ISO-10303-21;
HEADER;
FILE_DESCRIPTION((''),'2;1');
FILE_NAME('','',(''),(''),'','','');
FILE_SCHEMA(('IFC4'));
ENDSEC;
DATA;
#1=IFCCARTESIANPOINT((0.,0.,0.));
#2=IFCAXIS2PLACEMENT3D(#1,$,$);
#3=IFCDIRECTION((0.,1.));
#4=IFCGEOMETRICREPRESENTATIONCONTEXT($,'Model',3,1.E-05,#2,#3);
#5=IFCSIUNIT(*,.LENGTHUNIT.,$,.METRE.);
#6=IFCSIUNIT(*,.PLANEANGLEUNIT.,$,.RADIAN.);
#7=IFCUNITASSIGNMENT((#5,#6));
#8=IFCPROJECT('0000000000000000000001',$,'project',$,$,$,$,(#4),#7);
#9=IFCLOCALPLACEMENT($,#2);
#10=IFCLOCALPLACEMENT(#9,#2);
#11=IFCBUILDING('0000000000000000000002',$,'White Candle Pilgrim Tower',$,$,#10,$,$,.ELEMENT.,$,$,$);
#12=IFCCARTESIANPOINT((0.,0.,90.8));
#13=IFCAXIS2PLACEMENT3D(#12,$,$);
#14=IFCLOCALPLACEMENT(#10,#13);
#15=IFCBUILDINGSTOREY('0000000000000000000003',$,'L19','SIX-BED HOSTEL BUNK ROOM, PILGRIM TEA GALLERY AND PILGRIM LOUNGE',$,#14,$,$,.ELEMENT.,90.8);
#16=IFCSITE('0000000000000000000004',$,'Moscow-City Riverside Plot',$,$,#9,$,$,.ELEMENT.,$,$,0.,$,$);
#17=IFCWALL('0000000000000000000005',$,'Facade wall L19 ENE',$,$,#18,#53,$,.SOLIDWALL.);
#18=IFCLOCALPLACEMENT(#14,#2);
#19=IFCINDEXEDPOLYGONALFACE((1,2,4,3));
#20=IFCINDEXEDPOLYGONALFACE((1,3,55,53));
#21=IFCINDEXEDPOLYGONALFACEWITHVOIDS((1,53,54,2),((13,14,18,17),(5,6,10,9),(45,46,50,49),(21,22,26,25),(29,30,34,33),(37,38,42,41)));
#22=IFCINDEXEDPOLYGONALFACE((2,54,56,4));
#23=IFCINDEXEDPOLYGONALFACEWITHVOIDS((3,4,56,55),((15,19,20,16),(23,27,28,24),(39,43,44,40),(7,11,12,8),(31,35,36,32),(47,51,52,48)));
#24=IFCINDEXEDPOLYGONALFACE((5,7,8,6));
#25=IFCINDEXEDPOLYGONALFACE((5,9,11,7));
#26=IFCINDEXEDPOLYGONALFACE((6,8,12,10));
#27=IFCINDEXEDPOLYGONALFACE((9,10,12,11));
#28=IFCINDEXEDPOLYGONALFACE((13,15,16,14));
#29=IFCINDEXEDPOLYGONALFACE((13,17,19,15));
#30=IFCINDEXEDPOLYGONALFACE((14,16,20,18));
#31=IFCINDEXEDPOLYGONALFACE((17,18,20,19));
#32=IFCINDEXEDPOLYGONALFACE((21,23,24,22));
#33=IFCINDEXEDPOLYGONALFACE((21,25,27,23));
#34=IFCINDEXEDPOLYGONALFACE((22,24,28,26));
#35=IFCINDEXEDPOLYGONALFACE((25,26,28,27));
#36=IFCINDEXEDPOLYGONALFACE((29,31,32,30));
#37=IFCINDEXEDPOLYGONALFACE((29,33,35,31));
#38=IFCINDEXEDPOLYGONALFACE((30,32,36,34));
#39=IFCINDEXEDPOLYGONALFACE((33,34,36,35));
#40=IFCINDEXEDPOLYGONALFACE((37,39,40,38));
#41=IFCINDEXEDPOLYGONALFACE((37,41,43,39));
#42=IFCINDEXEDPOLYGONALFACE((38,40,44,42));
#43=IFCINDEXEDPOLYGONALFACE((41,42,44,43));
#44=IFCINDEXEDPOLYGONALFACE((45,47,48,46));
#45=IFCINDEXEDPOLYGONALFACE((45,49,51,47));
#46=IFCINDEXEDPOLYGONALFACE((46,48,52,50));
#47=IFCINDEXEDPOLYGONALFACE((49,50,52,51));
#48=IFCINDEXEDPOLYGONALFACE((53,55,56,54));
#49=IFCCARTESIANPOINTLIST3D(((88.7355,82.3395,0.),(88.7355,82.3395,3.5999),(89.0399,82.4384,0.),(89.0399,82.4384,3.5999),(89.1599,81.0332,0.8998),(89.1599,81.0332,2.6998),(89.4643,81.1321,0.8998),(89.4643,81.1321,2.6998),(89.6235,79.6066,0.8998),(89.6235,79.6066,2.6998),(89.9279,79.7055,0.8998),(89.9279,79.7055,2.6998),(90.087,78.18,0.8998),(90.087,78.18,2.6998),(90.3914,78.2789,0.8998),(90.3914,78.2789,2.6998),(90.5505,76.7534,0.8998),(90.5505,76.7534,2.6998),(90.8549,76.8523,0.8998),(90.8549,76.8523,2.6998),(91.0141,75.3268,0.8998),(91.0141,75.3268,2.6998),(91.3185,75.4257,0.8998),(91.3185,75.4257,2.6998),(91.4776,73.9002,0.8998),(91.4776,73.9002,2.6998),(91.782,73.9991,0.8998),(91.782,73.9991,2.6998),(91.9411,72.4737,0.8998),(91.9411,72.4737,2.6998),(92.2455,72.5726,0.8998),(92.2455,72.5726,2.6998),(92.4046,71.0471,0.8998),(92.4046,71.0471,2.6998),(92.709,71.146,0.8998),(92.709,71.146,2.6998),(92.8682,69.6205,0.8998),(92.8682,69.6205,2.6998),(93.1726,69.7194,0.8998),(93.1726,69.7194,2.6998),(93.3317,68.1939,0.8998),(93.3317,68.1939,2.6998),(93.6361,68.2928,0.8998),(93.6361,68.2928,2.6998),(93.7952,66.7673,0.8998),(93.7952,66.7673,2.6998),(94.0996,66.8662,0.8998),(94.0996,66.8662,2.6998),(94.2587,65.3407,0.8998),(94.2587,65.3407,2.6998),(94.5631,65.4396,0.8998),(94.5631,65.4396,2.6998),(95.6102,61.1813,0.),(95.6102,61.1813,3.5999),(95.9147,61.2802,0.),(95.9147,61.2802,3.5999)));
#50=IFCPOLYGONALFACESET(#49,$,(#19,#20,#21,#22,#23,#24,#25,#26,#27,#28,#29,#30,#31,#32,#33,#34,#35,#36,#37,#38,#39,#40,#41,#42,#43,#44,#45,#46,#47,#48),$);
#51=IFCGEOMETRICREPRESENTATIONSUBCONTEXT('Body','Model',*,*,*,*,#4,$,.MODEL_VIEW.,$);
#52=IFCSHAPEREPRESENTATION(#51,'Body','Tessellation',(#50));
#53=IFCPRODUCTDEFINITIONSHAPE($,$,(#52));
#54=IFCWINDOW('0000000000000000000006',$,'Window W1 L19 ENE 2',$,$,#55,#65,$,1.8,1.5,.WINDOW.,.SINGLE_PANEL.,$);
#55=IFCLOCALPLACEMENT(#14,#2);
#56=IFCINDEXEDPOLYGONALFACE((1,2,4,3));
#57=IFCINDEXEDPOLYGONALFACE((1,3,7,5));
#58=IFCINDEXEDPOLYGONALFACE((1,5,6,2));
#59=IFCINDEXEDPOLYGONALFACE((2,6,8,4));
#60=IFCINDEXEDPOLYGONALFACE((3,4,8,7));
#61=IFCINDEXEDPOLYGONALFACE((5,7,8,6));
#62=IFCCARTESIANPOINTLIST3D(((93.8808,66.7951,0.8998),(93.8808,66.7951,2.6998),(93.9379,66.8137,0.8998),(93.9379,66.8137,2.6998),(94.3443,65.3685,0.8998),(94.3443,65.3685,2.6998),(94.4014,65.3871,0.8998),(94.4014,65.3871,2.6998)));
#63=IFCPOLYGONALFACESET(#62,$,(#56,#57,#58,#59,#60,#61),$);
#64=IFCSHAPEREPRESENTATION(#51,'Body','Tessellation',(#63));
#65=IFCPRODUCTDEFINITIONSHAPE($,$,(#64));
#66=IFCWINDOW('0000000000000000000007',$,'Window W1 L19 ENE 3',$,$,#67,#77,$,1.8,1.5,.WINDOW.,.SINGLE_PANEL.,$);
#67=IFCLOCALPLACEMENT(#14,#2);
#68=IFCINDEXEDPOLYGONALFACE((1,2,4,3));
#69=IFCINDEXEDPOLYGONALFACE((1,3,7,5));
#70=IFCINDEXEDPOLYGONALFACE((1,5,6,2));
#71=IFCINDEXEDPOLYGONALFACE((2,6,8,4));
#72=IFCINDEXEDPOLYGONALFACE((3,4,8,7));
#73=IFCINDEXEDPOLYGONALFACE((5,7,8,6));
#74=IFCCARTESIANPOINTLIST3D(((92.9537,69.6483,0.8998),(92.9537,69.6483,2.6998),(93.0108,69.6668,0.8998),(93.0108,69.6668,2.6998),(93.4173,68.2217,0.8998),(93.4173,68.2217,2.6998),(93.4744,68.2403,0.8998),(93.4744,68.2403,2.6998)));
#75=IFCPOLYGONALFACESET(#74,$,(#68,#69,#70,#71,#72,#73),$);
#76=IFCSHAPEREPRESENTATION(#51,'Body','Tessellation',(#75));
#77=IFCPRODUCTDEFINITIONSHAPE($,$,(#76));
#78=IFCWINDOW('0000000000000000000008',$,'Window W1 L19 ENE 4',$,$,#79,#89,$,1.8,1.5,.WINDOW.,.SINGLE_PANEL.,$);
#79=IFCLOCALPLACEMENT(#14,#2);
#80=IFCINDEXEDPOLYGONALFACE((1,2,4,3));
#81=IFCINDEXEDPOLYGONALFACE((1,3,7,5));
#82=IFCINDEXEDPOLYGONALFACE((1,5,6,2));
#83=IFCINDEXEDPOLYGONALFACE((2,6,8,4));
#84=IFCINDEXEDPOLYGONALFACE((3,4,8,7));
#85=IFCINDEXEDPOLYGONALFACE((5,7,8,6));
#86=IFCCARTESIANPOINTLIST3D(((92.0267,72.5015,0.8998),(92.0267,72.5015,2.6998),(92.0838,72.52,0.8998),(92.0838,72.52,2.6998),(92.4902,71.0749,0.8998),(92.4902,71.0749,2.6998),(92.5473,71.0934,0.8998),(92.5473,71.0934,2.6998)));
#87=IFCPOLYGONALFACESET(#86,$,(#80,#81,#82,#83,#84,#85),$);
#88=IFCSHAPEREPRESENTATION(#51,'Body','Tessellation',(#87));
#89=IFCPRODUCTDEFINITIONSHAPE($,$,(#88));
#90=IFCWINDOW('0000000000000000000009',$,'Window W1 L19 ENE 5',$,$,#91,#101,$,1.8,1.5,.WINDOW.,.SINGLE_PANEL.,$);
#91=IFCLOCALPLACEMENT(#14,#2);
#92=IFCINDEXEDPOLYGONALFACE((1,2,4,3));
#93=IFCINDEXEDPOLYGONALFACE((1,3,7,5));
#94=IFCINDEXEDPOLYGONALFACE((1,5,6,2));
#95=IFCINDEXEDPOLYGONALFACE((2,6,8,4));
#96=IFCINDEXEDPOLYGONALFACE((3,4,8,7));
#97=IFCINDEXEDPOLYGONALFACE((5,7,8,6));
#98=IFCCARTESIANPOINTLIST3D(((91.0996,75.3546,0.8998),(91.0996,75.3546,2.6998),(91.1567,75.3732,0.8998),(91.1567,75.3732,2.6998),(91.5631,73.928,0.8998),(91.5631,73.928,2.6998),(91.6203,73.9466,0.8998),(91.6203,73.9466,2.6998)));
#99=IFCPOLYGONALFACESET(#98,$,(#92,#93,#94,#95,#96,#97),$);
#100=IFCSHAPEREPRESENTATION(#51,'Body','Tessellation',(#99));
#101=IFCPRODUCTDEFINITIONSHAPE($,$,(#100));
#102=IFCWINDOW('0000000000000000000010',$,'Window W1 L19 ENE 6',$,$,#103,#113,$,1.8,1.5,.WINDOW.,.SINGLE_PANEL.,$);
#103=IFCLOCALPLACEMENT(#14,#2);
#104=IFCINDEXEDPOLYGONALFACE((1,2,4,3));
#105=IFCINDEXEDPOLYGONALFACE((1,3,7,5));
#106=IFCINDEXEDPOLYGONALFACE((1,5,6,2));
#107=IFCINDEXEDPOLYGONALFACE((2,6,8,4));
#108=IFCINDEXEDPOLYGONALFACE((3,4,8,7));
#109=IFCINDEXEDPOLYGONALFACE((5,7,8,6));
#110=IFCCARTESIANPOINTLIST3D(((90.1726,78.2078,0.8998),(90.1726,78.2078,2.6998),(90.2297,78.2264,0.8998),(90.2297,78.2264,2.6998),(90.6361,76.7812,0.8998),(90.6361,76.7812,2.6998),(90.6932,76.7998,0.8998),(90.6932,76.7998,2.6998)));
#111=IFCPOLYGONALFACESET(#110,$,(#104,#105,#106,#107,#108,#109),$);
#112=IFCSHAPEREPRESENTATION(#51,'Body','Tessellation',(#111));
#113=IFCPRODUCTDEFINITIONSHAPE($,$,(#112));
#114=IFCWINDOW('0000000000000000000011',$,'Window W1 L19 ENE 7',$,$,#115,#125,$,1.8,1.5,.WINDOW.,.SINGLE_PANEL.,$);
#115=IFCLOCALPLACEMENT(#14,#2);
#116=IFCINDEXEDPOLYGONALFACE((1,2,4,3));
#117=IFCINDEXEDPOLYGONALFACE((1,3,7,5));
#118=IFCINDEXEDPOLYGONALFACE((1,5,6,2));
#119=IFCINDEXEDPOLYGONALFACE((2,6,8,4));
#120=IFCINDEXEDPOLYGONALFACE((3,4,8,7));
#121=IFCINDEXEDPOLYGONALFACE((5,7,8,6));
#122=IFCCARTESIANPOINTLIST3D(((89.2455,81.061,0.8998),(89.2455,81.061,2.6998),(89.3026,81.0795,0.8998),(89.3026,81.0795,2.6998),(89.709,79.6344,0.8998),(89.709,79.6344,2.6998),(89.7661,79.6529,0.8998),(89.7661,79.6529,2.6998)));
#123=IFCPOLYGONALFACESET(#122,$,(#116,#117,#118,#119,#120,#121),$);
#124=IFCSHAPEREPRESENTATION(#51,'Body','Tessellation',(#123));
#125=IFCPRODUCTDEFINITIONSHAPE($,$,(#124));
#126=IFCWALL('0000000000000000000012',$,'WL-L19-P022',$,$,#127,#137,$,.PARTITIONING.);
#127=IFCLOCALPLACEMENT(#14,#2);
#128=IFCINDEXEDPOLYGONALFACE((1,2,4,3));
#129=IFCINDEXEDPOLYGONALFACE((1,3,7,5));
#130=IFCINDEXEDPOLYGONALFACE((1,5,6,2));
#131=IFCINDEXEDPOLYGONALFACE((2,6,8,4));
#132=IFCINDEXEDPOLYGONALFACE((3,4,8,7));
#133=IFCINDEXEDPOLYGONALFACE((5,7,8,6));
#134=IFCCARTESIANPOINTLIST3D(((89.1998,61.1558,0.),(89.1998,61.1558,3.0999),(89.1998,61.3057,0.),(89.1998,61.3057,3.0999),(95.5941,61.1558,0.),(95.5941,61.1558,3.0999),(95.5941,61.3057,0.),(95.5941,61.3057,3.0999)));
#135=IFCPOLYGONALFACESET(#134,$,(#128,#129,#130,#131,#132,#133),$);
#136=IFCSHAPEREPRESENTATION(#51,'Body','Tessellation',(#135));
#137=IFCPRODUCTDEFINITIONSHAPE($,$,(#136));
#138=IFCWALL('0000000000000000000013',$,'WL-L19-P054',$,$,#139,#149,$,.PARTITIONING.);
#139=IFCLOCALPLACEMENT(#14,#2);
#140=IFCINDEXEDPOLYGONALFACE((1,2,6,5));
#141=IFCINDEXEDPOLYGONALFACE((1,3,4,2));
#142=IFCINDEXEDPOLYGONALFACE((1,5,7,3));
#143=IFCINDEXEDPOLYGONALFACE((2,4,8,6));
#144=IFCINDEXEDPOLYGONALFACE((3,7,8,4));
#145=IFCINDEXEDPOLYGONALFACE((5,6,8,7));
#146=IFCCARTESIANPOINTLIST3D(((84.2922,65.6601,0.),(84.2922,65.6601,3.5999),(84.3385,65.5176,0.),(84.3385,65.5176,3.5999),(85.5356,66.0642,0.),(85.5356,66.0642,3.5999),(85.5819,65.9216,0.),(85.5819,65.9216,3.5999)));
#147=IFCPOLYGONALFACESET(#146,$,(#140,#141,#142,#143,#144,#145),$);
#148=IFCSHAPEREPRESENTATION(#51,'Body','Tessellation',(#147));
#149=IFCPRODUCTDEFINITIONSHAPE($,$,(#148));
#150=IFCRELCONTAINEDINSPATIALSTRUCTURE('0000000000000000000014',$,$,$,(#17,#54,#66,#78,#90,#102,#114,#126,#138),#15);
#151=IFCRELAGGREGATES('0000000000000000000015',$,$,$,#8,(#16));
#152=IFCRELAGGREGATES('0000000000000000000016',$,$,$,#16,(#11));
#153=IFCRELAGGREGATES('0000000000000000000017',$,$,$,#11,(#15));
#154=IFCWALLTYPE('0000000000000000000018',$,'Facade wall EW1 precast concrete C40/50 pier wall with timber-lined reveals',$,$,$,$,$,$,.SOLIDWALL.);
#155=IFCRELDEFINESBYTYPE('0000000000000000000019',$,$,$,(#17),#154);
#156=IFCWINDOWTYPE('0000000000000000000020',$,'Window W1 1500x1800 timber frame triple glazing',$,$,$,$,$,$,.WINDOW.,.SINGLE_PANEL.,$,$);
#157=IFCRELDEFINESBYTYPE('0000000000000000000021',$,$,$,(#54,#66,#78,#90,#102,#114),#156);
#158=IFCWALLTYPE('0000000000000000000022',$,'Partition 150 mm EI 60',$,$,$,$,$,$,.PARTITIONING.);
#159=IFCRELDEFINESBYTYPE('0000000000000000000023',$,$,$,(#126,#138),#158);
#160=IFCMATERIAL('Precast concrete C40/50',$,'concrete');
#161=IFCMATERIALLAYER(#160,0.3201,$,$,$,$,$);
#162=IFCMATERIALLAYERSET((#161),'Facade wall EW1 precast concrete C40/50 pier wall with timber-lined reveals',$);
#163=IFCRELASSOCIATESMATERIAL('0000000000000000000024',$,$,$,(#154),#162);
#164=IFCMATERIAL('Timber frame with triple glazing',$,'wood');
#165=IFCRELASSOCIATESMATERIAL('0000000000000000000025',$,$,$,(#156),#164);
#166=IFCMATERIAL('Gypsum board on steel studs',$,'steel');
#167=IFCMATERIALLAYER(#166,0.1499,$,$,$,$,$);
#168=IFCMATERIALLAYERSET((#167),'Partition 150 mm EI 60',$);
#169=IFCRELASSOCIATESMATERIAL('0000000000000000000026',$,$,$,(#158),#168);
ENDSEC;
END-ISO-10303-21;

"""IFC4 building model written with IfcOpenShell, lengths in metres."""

from ifc_helpers import new_model, si_unit, direction, frame, frame_2d, origin, place, context, subcontext, project, spatial, rectangle, extrude, material, layer, layer_set, type_object, element, fill, save


model = new_model("IFC4")

# Units and contexts
model_context = context("Model", 3, precision=1e-05, world=origin(), true_north=direction((0.0, 1.0)))
body_context = subcontext(model_context, "Body", "Model", "MODEL_VIEW")
ifc_project = project(units=[si_unit("LENGTHUNIT", "METRE"), si_unit("PLANEANGLEUNIT", "RADIAN")], contexts=[model_context])

# Site, building, storey
site_placement = place(None, origin())
site = spatial("IfcSite", under=ifc_project, at=site_placement, Name="Moscow-City Riverside Plot", CompositionType="ELEMENT", RefElevation=0.0)
building_placement = place(site_placement, origin())
building = spatial("IfcBuilding", under=site, at=building_placement, Name="White Candle Pilgrim Tower", CompositionType="ELEMENT")
storey_placement = place(building_placement, frame((0.0, 0.0, 90.8)))
storey = spatial("IfcBuildingStorey", under=building, at=storey_placement, Name="L19", Description="SIX-BED HOSTEL BUNK ROOM, PILGRIM TEA GALLERY AND PILGRIM LOUNGE", CompositionType="ELEMENT", Elevation=90.8)

# Shared definitions
ifc_material_1 = material(Name="Gypsum board on steel studs", Category="steel")

# Wall, openings, windows
ifc_material_2 = material(Name="Precast concrete C40/50", Category="concrete")
ifc_layer_1 = layer(ifc_material_2, 0.3201)
ifc_layer_set_1 = layer_set([ifc_layer_1], Name="Facade wall EW1 precast concrete C40/50 pier wall with timber-lined reveals")
wall_type_1 = type_object("IfcWallType", Name="Facade wall EW1 precast concrete C40/50 pier wall with timber-lined reveals", PredefinedType="SOLIDWALL", material=ifc_layer_set_1)
wall_1_placement = place(storey_placement, frame((95.7625, 61.2307, 0.0), z_axis=(0.0, 0.0, 1.0), x_axis=(-0.309019, 0.951056, 0.0)))
wall_1 = element("IfcWall", 1, at=wall_1_placement, inside=storey, type_object=wall_type_1, Name="Facade wall L19 ENE", PredefinedType="SOLIDWALL", context=body_context, shape_type="SweptSolid", body=[
    extrude(rectangle(XDim=22.2471, YDim=0.3201, at=frame_2d((11.1235, 0.0))), origin(), (0.0, 0.0, 1.0), 3.5999),
])
opening_1_placement = place(wall_1_placement, frame((4.3735, 0.0, 0.8999)))
opening_1 = element("IfcOpeningElement", 2, at=opening_1_placement, cuts=wall_1, PredefinedType="OPENING", context=body_context, shape_type="SweptSolid", body=[
    extrude(rectangle(XDim=1.5, YDim=1.8, at=frame_2d((0.75, 0.8999))), frame((0.0, 0.1699, 0.0), z_axis=(0.0, -1.0, 0.0), x_axis=(1.0, 0.0, 0.0)), (0.0, 0.0, 1.0), 0.3401),
])
opening_2_placement = place(wall_1_placement, frame((7.3735, 0.0, 0.8999)))
opening_2 = element("IfcOpeningElement", 3, at=opening_2_placement, cuts=wall_1, PredefinedType="OPENING", context=body_context, shape_type="SweptSolid", body=[
    extrude(rectangle(XDim=1.5, YDim=1.8, at=frame_2d((0.75, 0.8999))), frame((0.0, 0.1699, 0.0), z_axis=(0.0, -1.0, 0.0), x_axis=(1.0, 0.0, 0.0)), (0.0, 0.0, 1.0), 0.3401),
])
opening_3_placement = place(wall_1_placement, frame((10.3735, 0.0, 0.8999)))
opening_3 = element("IfcOpeningElement", 4, at=opening_3_placement, cuts=wall_1, PredefinedType="OPENING", context=body_context, shape_type="SweptSolid", body=[
    extrude(rectangle(XDim=1.5, YDim=1.8, at=frame_2d((0.75, 0.8999))), frame((0.0, 0.1699, 0.0), z_axis=(0.0, -1.0, 0.0), x_axis=(1.0, 0.0, 0.0)), (0.0, 0.0, 1.0), 0.3401),
])
opening_4_placement = place(wall_1_placement, frame((13.3735, 0.0, 0.8999)))
opening_4 = element("IfcOpeningElement", 5, at=opening_4_placement, cuts=wall_1, PredefinedType="OPENING", context=body_context, shape_type="SweptSolid", body=[
    extrude(rectangle(XDim=1.5, YDim=1.8, at=frame_2d((0.75, 0.8999))), frame((0.0, 0.1699, 0.0), z_axis=(0.0, -1.0, 0.0), x_axis=(1.0, 0.0, 0.0)), (0.0, 0.0, 1.0), 0.3401),
])
opening_5_placement = place(wall_1_placement, frame((16.3735, 0.0, 0.8999)))
opening_5 = element("IfcOpeningElement", 6, at=opening_5_placement, cuts=wall_1, PredefinedType="OPENING", context=body_context, shape_type="SweptSolid", body=[
    extrude(rectangle(XDim=1.5, YDim=1.8, at=frame_2d((0.75, 0.8999))), frame((0.0, 0.1699, 0.0), z_axis=(0.0, -1.0, 0.0), x_axis=(1.0, 0.0, 0.0)), (0.0, 0.0, 1.0), 0.3401),
])
opening_6_placement = place(wall_1_placement, frame((19.3735, 0.0, 0.8999)))
opening_6 = element("IfcOpeningElement", 7, at=opening_6_placement, cuts=wall_1, PredefinedType="OPENING", context=body_context, shape_type="SweptSolid", body=[
    extrude(rectangle(XDim=1.5, YDim=1.8, at=frame_2d((0.75, 0.8999))), frame((0.0, 0.1699, 0.0), z_axis=(0.0, -1.0, 0.0), x_axis=(1.0, 0.0, 0.0)), (0.0, 0.0, 1.0), 0.3401),
])
ifc_material_3 = material(Name="Timber frame with triple glazing", Category="wood")
window_type = type_object("IfcWindowType", Name="Window W1 1500x1800 timber frame triple glazing", PartitioningType="SINGLE_PANEL", PredefinedType="WINDOW", material=ifc_material_3)
window_1_placement = place(opening_1_placement, origin())
window_1 = element("IfcWindow", 8, at=window_1_placement, inside=storey, type_object=window_type, Name="Window W1 L19 ENE 2", OverallHeight=1.8, OverallWidth=1.5, PartitioningType="SINGLE_PANEL", PredefinedType="WINDOW", context=body_context, shape_type="SweptSolid", body=[
    extrude(rectangle(XDim=1.5, YDim=1.8, at=frame_2d((0.75, 0.8999))), frame((0.0, 0.0701, 0.0), z_axis=(0.0, -1.0, 0.0), x_axis=(1.0, 0.0, 0.0)), (0.0, 0.0, 1.0), 0.0601),
])
fill(opening_1, window_1)
window_2_placement = place(opening_2_placement, origin())
window_2 = element("IfcWindow", 9, at=window_2_placement, inside=storey, type_object=window_type, Name="Window W1 L19 ENE 3", OverallHeight=1.8, OverallWidth=1.5, PartitioningType="SINGLE_PANEL", PredefinedType="WINDOW", context=body_context, shape_type="SweptSolid", body=[
    extrude(rectangle(XDim=1.5, YDim=1.8, at=frame_2d((0.75, 0.8999))), frame((0.0, 0.0701, 0.0), z_axis=(0.0, -1.0, 0.0), x_axis=(1.0, 0.0, 0.0)), (0.0, 0.0, 1.0), 0.0601),
])
fill(opening_2, window_2)
window_3_placement = place(opening_3_placement, origin())
window_3 = element("IfcWindow", 10, at=window_3_placement, inside=storey, type_object=window_type, Name="Window W1 L19 ENE 4", OverallHeight=1.8, OverallWidth=1.5, PartitioningType="SINGLE_PANEL", PredefinedType="WINDOW", context=body_context, shape_type="SweptSolid", body=[
    extrude(rectangle(XDim=1.5, YDim=1.8, at=frame_2d((0.75, 0.8999))), frame((0.0, 0.0701, 0.0), z_axis=(0.0, -1.0, 0.0), x_axis=(1.0, 0.0, 0.0)), (0.0, 0.0, 1.0), 0.0601),
])
fill(opening_3, window_3)
window_4_placement = place(opening_4_placement, origin())
window_4 = element("IfcWindow", 11, at=window_4_placement, inside=storey, type_object=window_type, Name="Window W1 L19 ENE 5", OverallHeight=1.8, OverallWidth=1.5, PartitioningType="SINGLE_PANEL", PredefinedType="WINDOW", context=body_context, shape_type="SweptSolid", body=[
    extrude(rectangle(XDim=1.5, YDim=1.8, at=frame_2d((0.75, 0.8999))), frame((0.0, 0.0701, 0.0), z_axis=(0.0, -1.0, 0.0), x_axis=(1.0, 0.0, 0.0)), (0.0, 0.0, 1.0), 0.0601),
])
fill(opening_4, window_4)
window_5_placement = place(opening_5_placement, origin())
window_5 = element("IfcWindow", 12, at=window_5_placement, inside=storey, type_object=window_type, Name="Window W1 L19 ENE 6", OverallHeight=1.8, OverallWidth=1.5, PartitioningType="SINGLE_PANEL", PredefinedType="WINDOW", context=body_context, shape_type="SweptSolid", body=[
    extrude(rectangle(XDim=1.5, YDim=1.8, at=frame_2d((0.75, 0.8999))), frame((0.0, 0.0701, 0.0), z_axis=(0.0, -1.0, 0.0), x_axis=(1.0, 0.0, 0.0)), (0.0, 0.0, 1.0), 0.0601),
])
fill(opening_5, window_5)
window_6_placement = place(opening_6_placement, origin())
window_6 = element("IfcWindow", 13, at=window_6_placement, inside=storey, type_object=window_type, Name="Window W1 L19 ENE 7", OverallHeight=1.8, OverallWidth=1.5, PartitioningType="SINGLE_PANEL", PredefinedType="WINDOW", context=body_context, shape_type="SweptSolid", body=[
    extrude(rectangle(XDim=1.5, YDim=1.8, at=frame_2d((0.75, 0.8999))), frame((0.0, 0.0701, 0.0), z_axis=(0.0, -1.0, 0.0), x_axis=(1.0, 0.0, 0.0)), (0.0, 0.0, 1.0), 0.0601),
])
fill(opening_6, window_6)

# Walls
ifc_layer_2 = layer(ifc_material_1, 0.1499)
ifc_layer_set_2 = layer_set([ifc_layer_2], Name="Partition 150 mm EI 60")
wall_type_2 = type_object("IfcWallType", Name="Partition 150 mm EI 60", PredefinedType="PARTITIONING", material=ifc_layer_set_2)
wall_2_placement = place(storey_placement, frame((95.5942, 61.2307, 0.0), z_axis=(0.0, 0.0, 1.0), x_axis=(-1.0, 0.0, 0.0)))
element("IfcWall", 14, at=wall_2_placement, inside=storey, type_object=wall_type_2, Name="WL-L19-P022", PredefinedType="PARTITIONING", context=body_context, shape_type="SweptSolid", body=[
    extrude(rectangle(XDim=6.3943, YDim=0.1499, at=frame_2d((3.1973, 0.0))), origin(), (0.0, 0.0, 1.0), 3.0999),
])
wall_3_placement = place(storey_placement, frame((85.5588, 65.9929, 0.0), z_axis=(0.0, 0.0, 1.0), x_axis=(-0.951046, -0.309048, 0.0)))
element("IfcWall", 15, at=wall_3_placement, inside=storey, type_object=wall_type_2, Name="WL-L19-P054", PredefinedType="PARTITIONING", context=body_context, shape_type="SweptSolid", body=[
    extrude(rectangle(XDim=1.3074, YDim=0.1499, at=frame_2d((0.6538, 0.0))), origin(), (0.0, 0.0, 1.0), 3.5999),
])

save(model, "model.ifc")
